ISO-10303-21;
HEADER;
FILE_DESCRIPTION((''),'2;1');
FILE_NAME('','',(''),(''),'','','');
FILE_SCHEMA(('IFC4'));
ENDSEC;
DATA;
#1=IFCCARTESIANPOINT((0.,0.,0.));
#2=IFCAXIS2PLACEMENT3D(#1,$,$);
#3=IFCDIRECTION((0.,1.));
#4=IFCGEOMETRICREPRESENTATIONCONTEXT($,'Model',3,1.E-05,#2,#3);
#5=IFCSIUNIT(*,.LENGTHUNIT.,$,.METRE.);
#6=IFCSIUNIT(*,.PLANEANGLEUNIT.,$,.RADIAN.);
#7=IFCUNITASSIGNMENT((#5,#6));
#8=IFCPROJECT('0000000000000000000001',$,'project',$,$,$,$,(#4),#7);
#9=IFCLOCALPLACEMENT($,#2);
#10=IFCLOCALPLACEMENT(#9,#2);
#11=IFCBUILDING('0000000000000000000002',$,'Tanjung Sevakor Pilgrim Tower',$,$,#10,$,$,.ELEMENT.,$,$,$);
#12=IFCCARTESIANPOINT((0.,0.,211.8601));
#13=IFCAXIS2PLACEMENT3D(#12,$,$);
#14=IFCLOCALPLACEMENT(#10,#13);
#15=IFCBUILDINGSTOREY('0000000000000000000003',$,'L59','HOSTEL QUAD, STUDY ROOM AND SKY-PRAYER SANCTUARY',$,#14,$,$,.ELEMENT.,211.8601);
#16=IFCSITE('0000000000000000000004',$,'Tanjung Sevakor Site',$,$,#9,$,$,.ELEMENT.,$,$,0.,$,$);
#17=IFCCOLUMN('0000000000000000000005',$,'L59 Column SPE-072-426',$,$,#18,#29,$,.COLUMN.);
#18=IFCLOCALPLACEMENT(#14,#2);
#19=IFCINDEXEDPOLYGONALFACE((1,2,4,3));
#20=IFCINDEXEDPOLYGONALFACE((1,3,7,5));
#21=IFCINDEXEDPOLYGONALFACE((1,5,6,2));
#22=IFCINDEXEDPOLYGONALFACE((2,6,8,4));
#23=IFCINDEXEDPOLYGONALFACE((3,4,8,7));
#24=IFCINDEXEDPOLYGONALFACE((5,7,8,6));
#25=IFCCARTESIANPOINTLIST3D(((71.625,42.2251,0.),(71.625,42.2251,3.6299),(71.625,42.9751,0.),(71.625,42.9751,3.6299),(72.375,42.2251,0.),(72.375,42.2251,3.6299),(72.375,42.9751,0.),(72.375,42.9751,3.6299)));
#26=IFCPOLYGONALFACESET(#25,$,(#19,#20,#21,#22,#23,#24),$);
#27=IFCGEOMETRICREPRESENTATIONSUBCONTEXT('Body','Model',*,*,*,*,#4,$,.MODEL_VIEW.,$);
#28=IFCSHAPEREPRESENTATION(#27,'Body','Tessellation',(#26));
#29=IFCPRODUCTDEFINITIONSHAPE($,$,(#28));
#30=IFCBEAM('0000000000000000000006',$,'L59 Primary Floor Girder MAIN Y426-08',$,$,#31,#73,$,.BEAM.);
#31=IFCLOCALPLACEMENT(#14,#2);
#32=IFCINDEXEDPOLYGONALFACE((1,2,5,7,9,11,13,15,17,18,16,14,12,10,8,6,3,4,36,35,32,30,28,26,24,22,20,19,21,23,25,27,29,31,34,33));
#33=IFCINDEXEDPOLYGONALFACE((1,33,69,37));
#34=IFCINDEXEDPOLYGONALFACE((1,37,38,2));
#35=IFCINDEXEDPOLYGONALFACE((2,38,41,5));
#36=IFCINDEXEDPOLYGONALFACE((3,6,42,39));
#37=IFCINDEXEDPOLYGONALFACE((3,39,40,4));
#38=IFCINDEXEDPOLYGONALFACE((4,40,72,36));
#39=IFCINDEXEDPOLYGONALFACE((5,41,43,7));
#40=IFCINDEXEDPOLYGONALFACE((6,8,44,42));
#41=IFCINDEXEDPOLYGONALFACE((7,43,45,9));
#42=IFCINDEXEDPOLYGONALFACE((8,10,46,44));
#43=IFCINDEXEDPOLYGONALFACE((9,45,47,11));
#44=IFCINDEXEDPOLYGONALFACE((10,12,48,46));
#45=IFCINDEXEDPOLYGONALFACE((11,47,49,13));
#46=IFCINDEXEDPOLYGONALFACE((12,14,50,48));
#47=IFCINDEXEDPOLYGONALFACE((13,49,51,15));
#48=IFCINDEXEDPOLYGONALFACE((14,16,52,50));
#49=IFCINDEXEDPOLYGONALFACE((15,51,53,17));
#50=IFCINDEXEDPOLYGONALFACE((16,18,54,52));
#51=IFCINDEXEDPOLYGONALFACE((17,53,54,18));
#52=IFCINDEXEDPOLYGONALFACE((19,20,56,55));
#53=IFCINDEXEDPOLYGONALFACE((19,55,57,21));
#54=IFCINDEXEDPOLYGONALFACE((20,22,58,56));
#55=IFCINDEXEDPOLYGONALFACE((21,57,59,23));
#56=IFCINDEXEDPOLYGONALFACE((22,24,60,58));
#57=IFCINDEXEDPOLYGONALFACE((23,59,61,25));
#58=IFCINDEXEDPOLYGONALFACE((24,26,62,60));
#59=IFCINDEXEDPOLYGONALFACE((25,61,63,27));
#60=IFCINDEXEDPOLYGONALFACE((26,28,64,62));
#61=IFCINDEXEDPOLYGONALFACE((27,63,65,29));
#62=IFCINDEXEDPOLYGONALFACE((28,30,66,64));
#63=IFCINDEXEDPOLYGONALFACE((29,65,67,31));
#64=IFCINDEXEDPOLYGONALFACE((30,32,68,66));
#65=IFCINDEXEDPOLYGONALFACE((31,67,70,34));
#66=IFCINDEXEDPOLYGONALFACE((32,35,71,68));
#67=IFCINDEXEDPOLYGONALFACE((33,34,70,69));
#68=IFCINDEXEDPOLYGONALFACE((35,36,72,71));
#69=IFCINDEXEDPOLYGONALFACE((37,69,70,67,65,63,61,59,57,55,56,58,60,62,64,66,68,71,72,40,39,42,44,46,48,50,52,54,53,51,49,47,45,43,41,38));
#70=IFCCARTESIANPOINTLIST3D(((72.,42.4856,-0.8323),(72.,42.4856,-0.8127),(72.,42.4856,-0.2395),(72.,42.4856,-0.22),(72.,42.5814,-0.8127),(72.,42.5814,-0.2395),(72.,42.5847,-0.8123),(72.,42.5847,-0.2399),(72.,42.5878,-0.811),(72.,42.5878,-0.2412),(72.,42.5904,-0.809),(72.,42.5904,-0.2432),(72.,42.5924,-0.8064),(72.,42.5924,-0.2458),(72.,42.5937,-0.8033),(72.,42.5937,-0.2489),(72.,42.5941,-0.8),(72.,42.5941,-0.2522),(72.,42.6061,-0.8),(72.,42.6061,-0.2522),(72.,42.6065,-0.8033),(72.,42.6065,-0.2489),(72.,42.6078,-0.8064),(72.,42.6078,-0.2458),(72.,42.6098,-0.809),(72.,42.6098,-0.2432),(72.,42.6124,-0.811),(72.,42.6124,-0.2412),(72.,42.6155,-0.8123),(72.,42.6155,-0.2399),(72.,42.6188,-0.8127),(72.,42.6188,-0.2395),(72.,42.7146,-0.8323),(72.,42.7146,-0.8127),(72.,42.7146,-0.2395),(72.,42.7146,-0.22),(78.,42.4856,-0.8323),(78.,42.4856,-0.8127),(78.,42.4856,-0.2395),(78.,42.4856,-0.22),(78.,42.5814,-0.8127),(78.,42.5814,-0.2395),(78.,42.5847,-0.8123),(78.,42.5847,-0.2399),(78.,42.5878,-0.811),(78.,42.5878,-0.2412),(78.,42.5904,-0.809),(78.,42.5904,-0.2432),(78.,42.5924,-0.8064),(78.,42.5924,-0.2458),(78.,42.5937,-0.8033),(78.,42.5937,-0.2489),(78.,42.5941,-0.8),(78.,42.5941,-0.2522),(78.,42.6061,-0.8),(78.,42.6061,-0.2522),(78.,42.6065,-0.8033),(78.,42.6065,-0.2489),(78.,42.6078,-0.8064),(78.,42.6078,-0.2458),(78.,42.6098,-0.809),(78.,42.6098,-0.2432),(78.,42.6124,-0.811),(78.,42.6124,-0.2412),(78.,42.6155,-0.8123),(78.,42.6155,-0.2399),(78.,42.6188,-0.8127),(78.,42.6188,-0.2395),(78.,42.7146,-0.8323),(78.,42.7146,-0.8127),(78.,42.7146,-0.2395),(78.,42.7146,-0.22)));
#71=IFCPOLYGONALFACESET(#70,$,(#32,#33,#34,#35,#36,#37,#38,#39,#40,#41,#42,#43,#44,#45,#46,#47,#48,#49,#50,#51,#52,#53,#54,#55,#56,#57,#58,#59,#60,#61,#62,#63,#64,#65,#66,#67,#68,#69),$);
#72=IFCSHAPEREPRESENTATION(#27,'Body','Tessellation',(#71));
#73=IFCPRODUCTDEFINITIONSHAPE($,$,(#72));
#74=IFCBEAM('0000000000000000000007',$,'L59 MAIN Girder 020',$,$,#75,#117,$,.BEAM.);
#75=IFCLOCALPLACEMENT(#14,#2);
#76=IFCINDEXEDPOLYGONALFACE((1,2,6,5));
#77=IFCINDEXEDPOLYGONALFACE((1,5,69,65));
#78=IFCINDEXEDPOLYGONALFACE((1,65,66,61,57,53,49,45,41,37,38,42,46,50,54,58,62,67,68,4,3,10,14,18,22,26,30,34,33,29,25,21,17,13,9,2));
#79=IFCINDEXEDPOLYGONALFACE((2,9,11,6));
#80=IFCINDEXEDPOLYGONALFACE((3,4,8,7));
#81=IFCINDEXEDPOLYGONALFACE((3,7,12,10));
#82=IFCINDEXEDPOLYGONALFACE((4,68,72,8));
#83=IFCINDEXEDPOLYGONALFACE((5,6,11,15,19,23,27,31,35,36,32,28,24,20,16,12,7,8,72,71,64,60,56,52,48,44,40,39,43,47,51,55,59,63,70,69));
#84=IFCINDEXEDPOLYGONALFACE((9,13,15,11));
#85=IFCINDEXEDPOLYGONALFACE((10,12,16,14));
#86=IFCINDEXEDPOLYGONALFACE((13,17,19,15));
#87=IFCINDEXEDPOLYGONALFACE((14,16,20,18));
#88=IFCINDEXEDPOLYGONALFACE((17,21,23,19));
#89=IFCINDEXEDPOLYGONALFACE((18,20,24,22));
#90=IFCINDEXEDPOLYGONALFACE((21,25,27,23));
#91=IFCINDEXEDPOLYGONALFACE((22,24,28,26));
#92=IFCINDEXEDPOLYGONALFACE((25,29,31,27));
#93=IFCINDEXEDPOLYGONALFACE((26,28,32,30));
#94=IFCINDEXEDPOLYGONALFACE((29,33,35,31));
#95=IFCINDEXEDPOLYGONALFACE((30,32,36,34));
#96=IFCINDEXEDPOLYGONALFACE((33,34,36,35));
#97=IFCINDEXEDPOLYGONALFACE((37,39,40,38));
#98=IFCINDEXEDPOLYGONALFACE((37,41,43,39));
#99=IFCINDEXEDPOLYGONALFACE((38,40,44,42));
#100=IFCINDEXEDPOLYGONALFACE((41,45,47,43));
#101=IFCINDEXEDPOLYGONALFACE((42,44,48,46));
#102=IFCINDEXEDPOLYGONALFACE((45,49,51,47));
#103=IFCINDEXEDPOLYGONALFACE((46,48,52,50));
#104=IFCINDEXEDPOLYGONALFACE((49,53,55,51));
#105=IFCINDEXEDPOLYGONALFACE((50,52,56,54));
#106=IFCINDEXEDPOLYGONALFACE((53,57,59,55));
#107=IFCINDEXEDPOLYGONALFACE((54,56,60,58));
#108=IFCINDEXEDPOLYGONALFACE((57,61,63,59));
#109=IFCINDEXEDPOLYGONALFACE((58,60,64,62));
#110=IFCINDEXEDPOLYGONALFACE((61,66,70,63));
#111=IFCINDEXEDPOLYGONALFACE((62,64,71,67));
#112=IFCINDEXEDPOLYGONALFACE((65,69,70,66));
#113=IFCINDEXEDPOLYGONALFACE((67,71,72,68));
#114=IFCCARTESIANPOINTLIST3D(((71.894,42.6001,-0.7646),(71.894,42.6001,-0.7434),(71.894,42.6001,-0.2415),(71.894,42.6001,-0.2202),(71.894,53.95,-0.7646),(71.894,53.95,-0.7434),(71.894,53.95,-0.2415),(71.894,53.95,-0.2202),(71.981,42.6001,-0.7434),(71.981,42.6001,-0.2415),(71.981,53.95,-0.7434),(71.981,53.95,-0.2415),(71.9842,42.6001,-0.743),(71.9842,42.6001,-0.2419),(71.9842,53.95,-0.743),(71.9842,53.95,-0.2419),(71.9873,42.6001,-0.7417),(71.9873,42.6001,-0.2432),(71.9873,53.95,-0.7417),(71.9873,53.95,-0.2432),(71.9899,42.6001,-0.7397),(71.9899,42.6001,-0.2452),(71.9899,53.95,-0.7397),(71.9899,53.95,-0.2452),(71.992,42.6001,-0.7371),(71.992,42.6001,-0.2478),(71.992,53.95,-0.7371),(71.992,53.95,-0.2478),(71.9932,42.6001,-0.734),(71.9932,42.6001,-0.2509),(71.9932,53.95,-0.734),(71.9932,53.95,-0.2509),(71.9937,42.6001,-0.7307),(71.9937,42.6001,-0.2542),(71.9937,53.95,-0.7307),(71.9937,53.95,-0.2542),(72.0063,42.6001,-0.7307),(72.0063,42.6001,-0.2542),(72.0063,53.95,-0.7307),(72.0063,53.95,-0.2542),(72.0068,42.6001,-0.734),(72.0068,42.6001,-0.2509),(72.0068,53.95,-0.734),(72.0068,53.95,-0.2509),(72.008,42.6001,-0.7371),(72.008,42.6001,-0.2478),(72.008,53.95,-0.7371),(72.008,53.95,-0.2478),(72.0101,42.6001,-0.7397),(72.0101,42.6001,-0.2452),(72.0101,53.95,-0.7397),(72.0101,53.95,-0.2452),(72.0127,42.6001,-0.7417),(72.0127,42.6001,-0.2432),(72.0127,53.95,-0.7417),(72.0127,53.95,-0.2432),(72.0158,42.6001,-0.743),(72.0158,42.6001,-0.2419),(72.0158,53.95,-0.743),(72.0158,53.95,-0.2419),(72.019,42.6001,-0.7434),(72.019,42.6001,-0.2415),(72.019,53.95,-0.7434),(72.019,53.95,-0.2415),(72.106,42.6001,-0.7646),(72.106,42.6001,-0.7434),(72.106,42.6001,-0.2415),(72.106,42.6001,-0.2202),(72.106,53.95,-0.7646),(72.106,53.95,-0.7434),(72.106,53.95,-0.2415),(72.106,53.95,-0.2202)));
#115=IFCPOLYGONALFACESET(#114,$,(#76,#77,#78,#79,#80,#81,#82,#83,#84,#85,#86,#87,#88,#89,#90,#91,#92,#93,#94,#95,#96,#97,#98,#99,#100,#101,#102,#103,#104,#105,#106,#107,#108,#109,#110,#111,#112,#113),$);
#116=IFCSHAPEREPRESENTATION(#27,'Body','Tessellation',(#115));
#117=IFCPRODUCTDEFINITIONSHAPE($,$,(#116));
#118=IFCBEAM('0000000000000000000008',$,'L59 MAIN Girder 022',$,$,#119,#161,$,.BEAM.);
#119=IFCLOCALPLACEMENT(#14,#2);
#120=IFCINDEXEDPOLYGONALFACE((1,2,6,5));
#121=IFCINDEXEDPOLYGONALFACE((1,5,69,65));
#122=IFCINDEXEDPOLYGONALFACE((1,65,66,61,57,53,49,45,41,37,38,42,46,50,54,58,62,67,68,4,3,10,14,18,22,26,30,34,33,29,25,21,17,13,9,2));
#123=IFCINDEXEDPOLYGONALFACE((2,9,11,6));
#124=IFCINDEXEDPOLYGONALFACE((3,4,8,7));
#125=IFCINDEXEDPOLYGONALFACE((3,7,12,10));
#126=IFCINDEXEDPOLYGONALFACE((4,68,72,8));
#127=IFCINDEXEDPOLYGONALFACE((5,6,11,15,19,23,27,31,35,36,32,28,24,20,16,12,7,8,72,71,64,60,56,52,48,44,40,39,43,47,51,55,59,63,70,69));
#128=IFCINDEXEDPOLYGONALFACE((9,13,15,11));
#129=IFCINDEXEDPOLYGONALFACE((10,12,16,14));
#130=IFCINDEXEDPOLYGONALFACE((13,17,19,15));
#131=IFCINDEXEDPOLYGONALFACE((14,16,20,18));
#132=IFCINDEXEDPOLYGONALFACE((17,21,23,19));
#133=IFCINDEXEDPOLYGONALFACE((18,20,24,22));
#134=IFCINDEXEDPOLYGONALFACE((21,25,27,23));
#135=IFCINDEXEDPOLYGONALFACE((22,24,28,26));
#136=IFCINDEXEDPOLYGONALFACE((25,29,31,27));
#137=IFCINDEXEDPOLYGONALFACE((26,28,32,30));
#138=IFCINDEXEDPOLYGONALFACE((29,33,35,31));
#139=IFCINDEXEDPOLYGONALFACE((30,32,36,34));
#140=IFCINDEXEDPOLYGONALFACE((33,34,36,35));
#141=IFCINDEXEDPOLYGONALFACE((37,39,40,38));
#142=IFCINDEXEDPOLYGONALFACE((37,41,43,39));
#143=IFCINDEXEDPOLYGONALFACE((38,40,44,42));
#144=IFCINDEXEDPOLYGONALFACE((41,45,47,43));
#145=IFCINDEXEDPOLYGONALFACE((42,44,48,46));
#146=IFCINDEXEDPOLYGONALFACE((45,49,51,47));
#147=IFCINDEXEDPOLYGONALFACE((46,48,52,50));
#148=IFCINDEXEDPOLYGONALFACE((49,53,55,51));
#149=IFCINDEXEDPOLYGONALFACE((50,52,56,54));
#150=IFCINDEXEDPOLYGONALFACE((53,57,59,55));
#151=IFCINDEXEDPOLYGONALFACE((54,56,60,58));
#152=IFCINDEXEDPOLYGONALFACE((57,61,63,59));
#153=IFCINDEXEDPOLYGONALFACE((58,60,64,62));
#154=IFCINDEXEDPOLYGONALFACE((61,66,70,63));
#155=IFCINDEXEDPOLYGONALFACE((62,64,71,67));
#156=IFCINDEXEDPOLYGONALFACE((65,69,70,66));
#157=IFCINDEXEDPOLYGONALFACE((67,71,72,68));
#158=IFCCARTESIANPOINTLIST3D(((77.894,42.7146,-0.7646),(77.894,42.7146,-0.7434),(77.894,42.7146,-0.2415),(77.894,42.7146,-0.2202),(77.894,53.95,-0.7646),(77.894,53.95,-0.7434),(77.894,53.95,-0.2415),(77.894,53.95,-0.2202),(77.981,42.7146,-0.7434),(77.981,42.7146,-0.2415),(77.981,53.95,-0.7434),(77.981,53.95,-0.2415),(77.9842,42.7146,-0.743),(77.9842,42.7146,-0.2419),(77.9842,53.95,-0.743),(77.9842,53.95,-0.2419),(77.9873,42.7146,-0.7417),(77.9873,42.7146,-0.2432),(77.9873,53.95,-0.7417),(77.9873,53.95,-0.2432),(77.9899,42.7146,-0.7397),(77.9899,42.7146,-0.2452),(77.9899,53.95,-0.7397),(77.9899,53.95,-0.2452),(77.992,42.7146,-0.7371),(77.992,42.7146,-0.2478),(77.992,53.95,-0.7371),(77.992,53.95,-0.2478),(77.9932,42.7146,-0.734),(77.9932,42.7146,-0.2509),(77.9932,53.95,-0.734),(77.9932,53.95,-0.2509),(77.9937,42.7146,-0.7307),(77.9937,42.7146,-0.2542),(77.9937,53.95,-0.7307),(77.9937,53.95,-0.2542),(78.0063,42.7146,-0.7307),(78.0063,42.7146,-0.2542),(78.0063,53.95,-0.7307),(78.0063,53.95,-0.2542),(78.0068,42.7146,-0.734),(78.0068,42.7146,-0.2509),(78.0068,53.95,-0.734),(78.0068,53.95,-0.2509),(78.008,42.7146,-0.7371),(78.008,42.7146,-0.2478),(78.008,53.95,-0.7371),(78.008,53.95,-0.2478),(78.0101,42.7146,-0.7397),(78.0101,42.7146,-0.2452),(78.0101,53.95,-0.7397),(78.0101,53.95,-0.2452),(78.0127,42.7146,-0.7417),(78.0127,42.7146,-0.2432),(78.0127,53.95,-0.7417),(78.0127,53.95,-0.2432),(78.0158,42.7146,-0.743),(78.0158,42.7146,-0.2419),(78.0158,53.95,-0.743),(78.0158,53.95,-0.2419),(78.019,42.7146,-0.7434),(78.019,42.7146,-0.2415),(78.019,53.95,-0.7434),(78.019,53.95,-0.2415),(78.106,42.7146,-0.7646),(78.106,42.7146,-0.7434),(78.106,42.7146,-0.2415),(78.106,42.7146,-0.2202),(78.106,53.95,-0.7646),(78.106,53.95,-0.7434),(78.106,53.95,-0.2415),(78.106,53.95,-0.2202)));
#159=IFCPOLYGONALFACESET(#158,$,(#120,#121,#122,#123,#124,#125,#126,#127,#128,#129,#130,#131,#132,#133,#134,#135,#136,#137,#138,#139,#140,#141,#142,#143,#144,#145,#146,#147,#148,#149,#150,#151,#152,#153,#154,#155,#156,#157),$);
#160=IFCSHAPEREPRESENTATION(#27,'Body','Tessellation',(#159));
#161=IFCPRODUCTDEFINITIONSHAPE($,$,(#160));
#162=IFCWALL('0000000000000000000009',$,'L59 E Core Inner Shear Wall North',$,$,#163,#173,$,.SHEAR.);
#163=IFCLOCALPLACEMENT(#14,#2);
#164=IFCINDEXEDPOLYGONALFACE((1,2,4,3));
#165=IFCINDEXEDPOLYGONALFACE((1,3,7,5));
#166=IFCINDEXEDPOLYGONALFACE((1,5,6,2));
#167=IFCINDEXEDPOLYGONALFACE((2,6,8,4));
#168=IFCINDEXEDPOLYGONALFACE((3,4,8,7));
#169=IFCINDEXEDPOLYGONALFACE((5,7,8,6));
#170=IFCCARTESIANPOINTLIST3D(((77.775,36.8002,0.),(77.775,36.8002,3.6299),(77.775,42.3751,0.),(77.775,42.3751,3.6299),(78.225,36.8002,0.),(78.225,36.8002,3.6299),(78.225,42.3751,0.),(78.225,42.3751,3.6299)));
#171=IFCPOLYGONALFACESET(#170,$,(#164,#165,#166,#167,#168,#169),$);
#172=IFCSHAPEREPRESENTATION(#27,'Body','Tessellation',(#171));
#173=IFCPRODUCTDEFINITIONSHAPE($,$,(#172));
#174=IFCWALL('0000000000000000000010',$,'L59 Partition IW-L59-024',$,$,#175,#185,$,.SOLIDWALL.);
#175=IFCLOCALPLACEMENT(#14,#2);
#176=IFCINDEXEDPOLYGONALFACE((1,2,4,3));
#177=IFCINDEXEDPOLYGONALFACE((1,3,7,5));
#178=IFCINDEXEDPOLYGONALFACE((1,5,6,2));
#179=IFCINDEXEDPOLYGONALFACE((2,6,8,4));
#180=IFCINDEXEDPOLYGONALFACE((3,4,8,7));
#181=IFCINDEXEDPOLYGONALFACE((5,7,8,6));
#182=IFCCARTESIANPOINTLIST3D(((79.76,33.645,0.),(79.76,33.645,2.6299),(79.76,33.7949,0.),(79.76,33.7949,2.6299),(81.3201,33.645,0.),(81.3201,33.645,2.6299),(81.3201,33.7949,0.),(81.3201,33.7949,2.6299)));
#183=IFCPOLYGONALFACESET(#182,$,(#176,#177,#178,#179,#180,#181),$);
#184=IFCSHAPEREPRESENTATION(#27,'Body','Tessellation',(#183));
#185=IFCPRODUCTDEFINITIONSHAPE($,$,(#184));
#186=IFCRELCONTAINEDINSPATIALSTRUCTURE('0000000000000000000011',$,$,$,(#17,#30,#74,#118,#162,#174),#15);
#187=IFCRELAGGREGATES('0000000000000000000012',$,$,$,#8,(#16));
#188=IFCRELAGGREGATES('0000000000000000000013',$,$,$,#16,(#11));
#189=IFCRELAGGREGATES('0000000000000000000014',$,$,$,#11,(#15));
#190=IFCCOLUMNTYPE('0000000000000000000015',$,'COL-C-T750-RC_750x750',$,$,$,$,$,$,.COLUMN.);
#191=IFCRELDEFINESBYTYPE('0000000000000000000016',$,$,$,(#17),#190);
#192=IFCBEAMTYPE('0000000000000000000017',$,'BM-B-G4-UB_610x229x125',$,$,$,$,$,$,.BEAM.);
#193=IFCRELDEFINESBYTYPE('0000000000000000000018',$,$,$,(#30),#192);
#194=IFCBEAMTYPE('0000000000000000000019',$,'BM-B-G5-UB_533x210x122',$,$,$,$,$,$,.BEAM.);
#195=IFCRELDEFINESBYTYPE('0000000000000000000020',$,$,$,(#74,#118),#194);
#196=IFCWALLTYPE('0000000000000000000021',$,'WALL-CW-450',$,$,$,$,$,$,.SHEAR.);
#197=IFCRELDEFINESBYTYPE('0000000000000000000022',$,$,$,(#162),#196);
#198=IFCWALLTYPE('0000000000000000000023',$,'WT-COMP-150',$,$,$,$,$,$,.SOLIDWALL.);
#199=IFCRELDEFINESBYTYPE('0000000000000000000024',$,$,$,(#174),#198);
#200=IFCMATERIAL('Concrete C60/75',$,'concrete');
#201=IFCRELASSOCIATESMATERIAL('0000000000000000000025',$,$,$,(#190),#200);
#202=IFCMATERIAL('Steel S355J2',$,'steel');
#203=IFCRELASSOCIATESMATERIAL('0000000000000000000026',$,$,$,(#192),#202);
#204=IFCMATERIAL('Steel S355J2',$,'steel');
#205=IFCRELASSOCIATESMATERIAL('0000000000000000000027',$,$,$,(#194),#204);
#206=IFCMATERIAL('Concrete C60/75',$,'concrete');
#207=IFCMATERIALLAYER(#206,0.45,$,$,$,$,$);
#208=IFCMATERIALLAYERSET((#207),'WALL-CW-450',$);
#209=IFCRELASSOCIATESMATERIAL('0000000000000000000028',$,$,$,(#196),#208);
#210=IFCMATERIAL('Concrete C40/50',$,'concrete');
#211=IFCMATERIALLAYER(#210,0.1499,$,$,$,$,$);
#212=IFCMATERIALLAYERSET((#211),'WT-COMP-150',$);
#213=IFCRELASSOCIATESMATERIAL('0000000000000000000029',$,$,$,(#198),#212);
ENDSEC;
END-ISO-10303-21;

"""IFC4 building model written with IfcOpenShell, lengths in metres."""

from ifc_helpers import new_model, si_unit, direction, frame, frame_2d, origin, origin_2d, place, context, subcontext, project, spatial, rectangle, i_section, extrude, material, layer, layer_set, material_profile, profile_set, type_object, element, save


model = new_model("IFC4")

# Units and contexts
model_context = context("Model", 3, precision=1e-05, world=origin(), true_north=direction((0.0, 1.0)))
body_context = subcontext(model_context, "Body", "Model", "MODEL_VIEW")
ifc_project = project(units=[si_unit("LENGTHUNIT", "METRE"), si_unit("PLANEANGLEUNIT", "RADIAN")], contexts=[model_context])

# Site, building, storey
site_placement = place(None, origin())
site = spatial("IfcSite", under=ifc_project, at=site_placement, Name="Tanjung Sevakor Site", CompositionType="ELEMENT", RefElevation=0.0)
building_placement = place(site_placement, origin())
building = spatial("IfcBuilding", under=site, at=building_placement, Name="Tanjung Sevakor Pilgrim Tower", CompositionType="ELEMENT")
storey_placement = place(building_placement, frame((0.0, 0.0, 211.8601)))
storey = spatial("IfcBuildingStorey", under=building, at=storey_placement, Name="L59", Description="HOSTEL QUAD, STUDY ROOM AND SKY-PRAYER SANCTUARY", CompositionType="ELEMENT", Elevation=211.8601)

# Column
ifc_material_1 = material(Name="Concrete C60/75", Category="concrete")
ifc_material_profile_1 = material_profile(ifc_material_1, rectangle(XDim=0.75, YDim=0.75, at=origin_2d()))
ifc_profile_set_1 = profile_set([ifc_material_profile_1], Name="Concrete C60/75")
column_type = type_object("IfcColumnType", Name="COL-C-T750-RC_750x750", PredefinedType="COLUMN", material=ifc_profile_set_1)
column_placement = place(storey_placement, frame((72.0, 42.6001, 0.0), z_axis=(0.0, 0.0, 1.0), x_axis=(1.0, 0.0, 0.0)))
element("IfcColumn", 1, at=column_placement, inside=storey, type_object=column_type, Name="L59 Column SPE-072-426", PredefinedType="COLUMN", context=body_context, shape_type="SweptSolid", body=[
    extrude(rectangle(XDim=0.75, YDim=0.75, at=origin_2d()), origin(), (0.0, 0.0, 1.0), 3.6299),
])

# Beams
ifc_material_2 = material(Name="Steel S355J2", Category="steel")
ifc_material_profile_2 = material_profile(ifc_material_2, i_section(OverallWidth=0.229, OverallDepth=0.6123, WebThickness=0.012, FlangeThickness=0.0195, FilletRadius=0.0127, at=origin_2d()))
ifc_profile_set_2 = profile_set([ifc_material_profile_2], Name="Steel S355J2")
beam_type_1 = type_object("IfcBeamType", Name="BM-B-G4-UB_610x229x125", PredefinedType="BEAM", material=ifc_profile_set_2)
beam_1_placement = place(storey_placement, frame((72.0, 42.6001, -0.5261), z_axis=(1.0, 0.0, 0.0), x_axis=(0.0, 1.0, 0.0)))
element("IfcBeam", 2, at=beam_1_placement, inside=storey, type_object=beam_type_1, Name="L59 Primary Floor Girder MAIN Y426-08", PredefinedType="BEAM", context=body_context, shape_type="SweptSolid", body=[
    extrude(i_section(OverallWidth=0.229, OverallDepth=0.6123, WebThickness=0.012, FlangeThickness=0.0195, FilletRadius=0.0127, at=origin_2d()), origin(), (0.0, 0.0, 1.0), 6.0),
])
ifc_material_3 = material(Name="Steel S355J2", Category="steel")
ifc_material_profile_3 = material_profile(ifc_material_3, i_section(OverallWidth=0.2119, OverallDepth=0.5444, WebThickness=0.0127, FlangeThickness=0.0212, FilletRadius=0.0127, at=origin_2d()))
ifc_profile_set_3 = profile_set([ifc_material_profile_3], Name="Steel S355J2")
beam_type_2 = type_object("IfcBeamType", Name="BM-B-G5-UB_533x210x122", PredefinedType="BEAM", material=ifc_profile_set_3)
beam_2_placement = place(storey_placement, frame((72.0, 42.6001, -0.4924), z_axis=(0.0, 1.0, 0.0), x_axis=(-1.0, 0.0, 0.0)))
element("IfcBeam", 3, at=beam_2_placement, inside=storey, type_object=beam_type_2, Name="L59 MAIN Girder 020", PredefinedType="BEAM", context=body_context, shape_type="SweptSolid", body=[
    extrude(i_section(OverallWidth=0.2119, OverallDepth=0.5444, WebThickness=0.0127, FlangeThickness=0.0212, FilletRadius=0.0127, at=origin_2d()), origin(), (0.0, 0.0, 1.0), 11.3499),
])
beam_3_placement = place(storey_placement, frame((78.0, 42.7146, -0.4924), z_axis=(0.0, 1.0, 0.0), x_axis=(-1.0, 0.0, 0.0)))
element("IfcBeam", 4, at=beam_3_placement, inside=storey, type_object=beam_type_2, Name="L59 MAIN Girder 022", PredefinedType="BEAM", context=body_context, shape_type="SweptSolid", body=[
    extrude(i_section(OverallWidth=0.2119, OverallDepth=0.5444, WebThickness=0.0127, FlangeThickness=0.0212, FilletRadius=0.0127, at=origin_2d()), origin(), (0.0, 0.0, 1.0), 11.2354),
])

# Walls
ifc_material_4 = material(Name="Concrete C60/75", Category="concrete")
ifc_layer_1 = layer(ifc_material_4, 0.45)
ifc_layer_set_1 = layer_set([ifc_layer_1], Name="WALL-CW-450")
wall_type_1 = type_object("IfcWallType", Name="WALL-CW-450", PredefinedType="SHEAR", material=ifc_layer_set_1)
wall_1_placement = place(storey_placement, frame((78.0, 36.8, 0.0), z_axis=(0.0, 0.0, 1.0), x_axis=(0.0, 1.0, 0.0)))
element("IfcWall", 5, at=wall_1_placement, inside=storey, type_object=wall_type_1, Name="L59 E Core Inner Shear Wall North", PredefinedType="SHEAR", context=body_context, shape_type="SweptSolid", body=[
    extrude(rectangle(XDim=5.575, YDim=0.45, at=frame_2d((2.7876, 0.0))), origin(), (0.0, 0.0, 1.0), 3.6299),
])
ifc_material_5 = material(Name="Concrete C40/50", Category="concrete")
ifc_layer_2 = layer(ifc_material_5, 0.1499)
ifc_layer_set_2 = layer_set([ifc_layer_2], Name="WT-COMP-150")
wall_type_2 = type_object("IfcWallType", Name="WT-COMP-150", PredefinedType="SOLIDWALL", material=ifc_layer_set_2)
wall_2_placement = place(storey_placement, frame((79.76, 33.72, 0.0), z_axis=(0.0, 0.0, 1.0), x_axis=(1.0, 0.0, 0.0)))
element("IfcWall", 6, at=wall_2_placement, inside=storey, type_object=wall_type_2, Name="L59 Partition IW-L59-024", PredefinedType="SOLIDWALL", context=body_context, shape_type="SweptSolid", body=[
    extrude(rectangle(XDim=1.5601, YDim=0.1499, at=frame_2d((0.78, 0.0))), origin(), (0.0, 0.0, 1.0), 2.6299),
])

save(model, "model.ifc")
